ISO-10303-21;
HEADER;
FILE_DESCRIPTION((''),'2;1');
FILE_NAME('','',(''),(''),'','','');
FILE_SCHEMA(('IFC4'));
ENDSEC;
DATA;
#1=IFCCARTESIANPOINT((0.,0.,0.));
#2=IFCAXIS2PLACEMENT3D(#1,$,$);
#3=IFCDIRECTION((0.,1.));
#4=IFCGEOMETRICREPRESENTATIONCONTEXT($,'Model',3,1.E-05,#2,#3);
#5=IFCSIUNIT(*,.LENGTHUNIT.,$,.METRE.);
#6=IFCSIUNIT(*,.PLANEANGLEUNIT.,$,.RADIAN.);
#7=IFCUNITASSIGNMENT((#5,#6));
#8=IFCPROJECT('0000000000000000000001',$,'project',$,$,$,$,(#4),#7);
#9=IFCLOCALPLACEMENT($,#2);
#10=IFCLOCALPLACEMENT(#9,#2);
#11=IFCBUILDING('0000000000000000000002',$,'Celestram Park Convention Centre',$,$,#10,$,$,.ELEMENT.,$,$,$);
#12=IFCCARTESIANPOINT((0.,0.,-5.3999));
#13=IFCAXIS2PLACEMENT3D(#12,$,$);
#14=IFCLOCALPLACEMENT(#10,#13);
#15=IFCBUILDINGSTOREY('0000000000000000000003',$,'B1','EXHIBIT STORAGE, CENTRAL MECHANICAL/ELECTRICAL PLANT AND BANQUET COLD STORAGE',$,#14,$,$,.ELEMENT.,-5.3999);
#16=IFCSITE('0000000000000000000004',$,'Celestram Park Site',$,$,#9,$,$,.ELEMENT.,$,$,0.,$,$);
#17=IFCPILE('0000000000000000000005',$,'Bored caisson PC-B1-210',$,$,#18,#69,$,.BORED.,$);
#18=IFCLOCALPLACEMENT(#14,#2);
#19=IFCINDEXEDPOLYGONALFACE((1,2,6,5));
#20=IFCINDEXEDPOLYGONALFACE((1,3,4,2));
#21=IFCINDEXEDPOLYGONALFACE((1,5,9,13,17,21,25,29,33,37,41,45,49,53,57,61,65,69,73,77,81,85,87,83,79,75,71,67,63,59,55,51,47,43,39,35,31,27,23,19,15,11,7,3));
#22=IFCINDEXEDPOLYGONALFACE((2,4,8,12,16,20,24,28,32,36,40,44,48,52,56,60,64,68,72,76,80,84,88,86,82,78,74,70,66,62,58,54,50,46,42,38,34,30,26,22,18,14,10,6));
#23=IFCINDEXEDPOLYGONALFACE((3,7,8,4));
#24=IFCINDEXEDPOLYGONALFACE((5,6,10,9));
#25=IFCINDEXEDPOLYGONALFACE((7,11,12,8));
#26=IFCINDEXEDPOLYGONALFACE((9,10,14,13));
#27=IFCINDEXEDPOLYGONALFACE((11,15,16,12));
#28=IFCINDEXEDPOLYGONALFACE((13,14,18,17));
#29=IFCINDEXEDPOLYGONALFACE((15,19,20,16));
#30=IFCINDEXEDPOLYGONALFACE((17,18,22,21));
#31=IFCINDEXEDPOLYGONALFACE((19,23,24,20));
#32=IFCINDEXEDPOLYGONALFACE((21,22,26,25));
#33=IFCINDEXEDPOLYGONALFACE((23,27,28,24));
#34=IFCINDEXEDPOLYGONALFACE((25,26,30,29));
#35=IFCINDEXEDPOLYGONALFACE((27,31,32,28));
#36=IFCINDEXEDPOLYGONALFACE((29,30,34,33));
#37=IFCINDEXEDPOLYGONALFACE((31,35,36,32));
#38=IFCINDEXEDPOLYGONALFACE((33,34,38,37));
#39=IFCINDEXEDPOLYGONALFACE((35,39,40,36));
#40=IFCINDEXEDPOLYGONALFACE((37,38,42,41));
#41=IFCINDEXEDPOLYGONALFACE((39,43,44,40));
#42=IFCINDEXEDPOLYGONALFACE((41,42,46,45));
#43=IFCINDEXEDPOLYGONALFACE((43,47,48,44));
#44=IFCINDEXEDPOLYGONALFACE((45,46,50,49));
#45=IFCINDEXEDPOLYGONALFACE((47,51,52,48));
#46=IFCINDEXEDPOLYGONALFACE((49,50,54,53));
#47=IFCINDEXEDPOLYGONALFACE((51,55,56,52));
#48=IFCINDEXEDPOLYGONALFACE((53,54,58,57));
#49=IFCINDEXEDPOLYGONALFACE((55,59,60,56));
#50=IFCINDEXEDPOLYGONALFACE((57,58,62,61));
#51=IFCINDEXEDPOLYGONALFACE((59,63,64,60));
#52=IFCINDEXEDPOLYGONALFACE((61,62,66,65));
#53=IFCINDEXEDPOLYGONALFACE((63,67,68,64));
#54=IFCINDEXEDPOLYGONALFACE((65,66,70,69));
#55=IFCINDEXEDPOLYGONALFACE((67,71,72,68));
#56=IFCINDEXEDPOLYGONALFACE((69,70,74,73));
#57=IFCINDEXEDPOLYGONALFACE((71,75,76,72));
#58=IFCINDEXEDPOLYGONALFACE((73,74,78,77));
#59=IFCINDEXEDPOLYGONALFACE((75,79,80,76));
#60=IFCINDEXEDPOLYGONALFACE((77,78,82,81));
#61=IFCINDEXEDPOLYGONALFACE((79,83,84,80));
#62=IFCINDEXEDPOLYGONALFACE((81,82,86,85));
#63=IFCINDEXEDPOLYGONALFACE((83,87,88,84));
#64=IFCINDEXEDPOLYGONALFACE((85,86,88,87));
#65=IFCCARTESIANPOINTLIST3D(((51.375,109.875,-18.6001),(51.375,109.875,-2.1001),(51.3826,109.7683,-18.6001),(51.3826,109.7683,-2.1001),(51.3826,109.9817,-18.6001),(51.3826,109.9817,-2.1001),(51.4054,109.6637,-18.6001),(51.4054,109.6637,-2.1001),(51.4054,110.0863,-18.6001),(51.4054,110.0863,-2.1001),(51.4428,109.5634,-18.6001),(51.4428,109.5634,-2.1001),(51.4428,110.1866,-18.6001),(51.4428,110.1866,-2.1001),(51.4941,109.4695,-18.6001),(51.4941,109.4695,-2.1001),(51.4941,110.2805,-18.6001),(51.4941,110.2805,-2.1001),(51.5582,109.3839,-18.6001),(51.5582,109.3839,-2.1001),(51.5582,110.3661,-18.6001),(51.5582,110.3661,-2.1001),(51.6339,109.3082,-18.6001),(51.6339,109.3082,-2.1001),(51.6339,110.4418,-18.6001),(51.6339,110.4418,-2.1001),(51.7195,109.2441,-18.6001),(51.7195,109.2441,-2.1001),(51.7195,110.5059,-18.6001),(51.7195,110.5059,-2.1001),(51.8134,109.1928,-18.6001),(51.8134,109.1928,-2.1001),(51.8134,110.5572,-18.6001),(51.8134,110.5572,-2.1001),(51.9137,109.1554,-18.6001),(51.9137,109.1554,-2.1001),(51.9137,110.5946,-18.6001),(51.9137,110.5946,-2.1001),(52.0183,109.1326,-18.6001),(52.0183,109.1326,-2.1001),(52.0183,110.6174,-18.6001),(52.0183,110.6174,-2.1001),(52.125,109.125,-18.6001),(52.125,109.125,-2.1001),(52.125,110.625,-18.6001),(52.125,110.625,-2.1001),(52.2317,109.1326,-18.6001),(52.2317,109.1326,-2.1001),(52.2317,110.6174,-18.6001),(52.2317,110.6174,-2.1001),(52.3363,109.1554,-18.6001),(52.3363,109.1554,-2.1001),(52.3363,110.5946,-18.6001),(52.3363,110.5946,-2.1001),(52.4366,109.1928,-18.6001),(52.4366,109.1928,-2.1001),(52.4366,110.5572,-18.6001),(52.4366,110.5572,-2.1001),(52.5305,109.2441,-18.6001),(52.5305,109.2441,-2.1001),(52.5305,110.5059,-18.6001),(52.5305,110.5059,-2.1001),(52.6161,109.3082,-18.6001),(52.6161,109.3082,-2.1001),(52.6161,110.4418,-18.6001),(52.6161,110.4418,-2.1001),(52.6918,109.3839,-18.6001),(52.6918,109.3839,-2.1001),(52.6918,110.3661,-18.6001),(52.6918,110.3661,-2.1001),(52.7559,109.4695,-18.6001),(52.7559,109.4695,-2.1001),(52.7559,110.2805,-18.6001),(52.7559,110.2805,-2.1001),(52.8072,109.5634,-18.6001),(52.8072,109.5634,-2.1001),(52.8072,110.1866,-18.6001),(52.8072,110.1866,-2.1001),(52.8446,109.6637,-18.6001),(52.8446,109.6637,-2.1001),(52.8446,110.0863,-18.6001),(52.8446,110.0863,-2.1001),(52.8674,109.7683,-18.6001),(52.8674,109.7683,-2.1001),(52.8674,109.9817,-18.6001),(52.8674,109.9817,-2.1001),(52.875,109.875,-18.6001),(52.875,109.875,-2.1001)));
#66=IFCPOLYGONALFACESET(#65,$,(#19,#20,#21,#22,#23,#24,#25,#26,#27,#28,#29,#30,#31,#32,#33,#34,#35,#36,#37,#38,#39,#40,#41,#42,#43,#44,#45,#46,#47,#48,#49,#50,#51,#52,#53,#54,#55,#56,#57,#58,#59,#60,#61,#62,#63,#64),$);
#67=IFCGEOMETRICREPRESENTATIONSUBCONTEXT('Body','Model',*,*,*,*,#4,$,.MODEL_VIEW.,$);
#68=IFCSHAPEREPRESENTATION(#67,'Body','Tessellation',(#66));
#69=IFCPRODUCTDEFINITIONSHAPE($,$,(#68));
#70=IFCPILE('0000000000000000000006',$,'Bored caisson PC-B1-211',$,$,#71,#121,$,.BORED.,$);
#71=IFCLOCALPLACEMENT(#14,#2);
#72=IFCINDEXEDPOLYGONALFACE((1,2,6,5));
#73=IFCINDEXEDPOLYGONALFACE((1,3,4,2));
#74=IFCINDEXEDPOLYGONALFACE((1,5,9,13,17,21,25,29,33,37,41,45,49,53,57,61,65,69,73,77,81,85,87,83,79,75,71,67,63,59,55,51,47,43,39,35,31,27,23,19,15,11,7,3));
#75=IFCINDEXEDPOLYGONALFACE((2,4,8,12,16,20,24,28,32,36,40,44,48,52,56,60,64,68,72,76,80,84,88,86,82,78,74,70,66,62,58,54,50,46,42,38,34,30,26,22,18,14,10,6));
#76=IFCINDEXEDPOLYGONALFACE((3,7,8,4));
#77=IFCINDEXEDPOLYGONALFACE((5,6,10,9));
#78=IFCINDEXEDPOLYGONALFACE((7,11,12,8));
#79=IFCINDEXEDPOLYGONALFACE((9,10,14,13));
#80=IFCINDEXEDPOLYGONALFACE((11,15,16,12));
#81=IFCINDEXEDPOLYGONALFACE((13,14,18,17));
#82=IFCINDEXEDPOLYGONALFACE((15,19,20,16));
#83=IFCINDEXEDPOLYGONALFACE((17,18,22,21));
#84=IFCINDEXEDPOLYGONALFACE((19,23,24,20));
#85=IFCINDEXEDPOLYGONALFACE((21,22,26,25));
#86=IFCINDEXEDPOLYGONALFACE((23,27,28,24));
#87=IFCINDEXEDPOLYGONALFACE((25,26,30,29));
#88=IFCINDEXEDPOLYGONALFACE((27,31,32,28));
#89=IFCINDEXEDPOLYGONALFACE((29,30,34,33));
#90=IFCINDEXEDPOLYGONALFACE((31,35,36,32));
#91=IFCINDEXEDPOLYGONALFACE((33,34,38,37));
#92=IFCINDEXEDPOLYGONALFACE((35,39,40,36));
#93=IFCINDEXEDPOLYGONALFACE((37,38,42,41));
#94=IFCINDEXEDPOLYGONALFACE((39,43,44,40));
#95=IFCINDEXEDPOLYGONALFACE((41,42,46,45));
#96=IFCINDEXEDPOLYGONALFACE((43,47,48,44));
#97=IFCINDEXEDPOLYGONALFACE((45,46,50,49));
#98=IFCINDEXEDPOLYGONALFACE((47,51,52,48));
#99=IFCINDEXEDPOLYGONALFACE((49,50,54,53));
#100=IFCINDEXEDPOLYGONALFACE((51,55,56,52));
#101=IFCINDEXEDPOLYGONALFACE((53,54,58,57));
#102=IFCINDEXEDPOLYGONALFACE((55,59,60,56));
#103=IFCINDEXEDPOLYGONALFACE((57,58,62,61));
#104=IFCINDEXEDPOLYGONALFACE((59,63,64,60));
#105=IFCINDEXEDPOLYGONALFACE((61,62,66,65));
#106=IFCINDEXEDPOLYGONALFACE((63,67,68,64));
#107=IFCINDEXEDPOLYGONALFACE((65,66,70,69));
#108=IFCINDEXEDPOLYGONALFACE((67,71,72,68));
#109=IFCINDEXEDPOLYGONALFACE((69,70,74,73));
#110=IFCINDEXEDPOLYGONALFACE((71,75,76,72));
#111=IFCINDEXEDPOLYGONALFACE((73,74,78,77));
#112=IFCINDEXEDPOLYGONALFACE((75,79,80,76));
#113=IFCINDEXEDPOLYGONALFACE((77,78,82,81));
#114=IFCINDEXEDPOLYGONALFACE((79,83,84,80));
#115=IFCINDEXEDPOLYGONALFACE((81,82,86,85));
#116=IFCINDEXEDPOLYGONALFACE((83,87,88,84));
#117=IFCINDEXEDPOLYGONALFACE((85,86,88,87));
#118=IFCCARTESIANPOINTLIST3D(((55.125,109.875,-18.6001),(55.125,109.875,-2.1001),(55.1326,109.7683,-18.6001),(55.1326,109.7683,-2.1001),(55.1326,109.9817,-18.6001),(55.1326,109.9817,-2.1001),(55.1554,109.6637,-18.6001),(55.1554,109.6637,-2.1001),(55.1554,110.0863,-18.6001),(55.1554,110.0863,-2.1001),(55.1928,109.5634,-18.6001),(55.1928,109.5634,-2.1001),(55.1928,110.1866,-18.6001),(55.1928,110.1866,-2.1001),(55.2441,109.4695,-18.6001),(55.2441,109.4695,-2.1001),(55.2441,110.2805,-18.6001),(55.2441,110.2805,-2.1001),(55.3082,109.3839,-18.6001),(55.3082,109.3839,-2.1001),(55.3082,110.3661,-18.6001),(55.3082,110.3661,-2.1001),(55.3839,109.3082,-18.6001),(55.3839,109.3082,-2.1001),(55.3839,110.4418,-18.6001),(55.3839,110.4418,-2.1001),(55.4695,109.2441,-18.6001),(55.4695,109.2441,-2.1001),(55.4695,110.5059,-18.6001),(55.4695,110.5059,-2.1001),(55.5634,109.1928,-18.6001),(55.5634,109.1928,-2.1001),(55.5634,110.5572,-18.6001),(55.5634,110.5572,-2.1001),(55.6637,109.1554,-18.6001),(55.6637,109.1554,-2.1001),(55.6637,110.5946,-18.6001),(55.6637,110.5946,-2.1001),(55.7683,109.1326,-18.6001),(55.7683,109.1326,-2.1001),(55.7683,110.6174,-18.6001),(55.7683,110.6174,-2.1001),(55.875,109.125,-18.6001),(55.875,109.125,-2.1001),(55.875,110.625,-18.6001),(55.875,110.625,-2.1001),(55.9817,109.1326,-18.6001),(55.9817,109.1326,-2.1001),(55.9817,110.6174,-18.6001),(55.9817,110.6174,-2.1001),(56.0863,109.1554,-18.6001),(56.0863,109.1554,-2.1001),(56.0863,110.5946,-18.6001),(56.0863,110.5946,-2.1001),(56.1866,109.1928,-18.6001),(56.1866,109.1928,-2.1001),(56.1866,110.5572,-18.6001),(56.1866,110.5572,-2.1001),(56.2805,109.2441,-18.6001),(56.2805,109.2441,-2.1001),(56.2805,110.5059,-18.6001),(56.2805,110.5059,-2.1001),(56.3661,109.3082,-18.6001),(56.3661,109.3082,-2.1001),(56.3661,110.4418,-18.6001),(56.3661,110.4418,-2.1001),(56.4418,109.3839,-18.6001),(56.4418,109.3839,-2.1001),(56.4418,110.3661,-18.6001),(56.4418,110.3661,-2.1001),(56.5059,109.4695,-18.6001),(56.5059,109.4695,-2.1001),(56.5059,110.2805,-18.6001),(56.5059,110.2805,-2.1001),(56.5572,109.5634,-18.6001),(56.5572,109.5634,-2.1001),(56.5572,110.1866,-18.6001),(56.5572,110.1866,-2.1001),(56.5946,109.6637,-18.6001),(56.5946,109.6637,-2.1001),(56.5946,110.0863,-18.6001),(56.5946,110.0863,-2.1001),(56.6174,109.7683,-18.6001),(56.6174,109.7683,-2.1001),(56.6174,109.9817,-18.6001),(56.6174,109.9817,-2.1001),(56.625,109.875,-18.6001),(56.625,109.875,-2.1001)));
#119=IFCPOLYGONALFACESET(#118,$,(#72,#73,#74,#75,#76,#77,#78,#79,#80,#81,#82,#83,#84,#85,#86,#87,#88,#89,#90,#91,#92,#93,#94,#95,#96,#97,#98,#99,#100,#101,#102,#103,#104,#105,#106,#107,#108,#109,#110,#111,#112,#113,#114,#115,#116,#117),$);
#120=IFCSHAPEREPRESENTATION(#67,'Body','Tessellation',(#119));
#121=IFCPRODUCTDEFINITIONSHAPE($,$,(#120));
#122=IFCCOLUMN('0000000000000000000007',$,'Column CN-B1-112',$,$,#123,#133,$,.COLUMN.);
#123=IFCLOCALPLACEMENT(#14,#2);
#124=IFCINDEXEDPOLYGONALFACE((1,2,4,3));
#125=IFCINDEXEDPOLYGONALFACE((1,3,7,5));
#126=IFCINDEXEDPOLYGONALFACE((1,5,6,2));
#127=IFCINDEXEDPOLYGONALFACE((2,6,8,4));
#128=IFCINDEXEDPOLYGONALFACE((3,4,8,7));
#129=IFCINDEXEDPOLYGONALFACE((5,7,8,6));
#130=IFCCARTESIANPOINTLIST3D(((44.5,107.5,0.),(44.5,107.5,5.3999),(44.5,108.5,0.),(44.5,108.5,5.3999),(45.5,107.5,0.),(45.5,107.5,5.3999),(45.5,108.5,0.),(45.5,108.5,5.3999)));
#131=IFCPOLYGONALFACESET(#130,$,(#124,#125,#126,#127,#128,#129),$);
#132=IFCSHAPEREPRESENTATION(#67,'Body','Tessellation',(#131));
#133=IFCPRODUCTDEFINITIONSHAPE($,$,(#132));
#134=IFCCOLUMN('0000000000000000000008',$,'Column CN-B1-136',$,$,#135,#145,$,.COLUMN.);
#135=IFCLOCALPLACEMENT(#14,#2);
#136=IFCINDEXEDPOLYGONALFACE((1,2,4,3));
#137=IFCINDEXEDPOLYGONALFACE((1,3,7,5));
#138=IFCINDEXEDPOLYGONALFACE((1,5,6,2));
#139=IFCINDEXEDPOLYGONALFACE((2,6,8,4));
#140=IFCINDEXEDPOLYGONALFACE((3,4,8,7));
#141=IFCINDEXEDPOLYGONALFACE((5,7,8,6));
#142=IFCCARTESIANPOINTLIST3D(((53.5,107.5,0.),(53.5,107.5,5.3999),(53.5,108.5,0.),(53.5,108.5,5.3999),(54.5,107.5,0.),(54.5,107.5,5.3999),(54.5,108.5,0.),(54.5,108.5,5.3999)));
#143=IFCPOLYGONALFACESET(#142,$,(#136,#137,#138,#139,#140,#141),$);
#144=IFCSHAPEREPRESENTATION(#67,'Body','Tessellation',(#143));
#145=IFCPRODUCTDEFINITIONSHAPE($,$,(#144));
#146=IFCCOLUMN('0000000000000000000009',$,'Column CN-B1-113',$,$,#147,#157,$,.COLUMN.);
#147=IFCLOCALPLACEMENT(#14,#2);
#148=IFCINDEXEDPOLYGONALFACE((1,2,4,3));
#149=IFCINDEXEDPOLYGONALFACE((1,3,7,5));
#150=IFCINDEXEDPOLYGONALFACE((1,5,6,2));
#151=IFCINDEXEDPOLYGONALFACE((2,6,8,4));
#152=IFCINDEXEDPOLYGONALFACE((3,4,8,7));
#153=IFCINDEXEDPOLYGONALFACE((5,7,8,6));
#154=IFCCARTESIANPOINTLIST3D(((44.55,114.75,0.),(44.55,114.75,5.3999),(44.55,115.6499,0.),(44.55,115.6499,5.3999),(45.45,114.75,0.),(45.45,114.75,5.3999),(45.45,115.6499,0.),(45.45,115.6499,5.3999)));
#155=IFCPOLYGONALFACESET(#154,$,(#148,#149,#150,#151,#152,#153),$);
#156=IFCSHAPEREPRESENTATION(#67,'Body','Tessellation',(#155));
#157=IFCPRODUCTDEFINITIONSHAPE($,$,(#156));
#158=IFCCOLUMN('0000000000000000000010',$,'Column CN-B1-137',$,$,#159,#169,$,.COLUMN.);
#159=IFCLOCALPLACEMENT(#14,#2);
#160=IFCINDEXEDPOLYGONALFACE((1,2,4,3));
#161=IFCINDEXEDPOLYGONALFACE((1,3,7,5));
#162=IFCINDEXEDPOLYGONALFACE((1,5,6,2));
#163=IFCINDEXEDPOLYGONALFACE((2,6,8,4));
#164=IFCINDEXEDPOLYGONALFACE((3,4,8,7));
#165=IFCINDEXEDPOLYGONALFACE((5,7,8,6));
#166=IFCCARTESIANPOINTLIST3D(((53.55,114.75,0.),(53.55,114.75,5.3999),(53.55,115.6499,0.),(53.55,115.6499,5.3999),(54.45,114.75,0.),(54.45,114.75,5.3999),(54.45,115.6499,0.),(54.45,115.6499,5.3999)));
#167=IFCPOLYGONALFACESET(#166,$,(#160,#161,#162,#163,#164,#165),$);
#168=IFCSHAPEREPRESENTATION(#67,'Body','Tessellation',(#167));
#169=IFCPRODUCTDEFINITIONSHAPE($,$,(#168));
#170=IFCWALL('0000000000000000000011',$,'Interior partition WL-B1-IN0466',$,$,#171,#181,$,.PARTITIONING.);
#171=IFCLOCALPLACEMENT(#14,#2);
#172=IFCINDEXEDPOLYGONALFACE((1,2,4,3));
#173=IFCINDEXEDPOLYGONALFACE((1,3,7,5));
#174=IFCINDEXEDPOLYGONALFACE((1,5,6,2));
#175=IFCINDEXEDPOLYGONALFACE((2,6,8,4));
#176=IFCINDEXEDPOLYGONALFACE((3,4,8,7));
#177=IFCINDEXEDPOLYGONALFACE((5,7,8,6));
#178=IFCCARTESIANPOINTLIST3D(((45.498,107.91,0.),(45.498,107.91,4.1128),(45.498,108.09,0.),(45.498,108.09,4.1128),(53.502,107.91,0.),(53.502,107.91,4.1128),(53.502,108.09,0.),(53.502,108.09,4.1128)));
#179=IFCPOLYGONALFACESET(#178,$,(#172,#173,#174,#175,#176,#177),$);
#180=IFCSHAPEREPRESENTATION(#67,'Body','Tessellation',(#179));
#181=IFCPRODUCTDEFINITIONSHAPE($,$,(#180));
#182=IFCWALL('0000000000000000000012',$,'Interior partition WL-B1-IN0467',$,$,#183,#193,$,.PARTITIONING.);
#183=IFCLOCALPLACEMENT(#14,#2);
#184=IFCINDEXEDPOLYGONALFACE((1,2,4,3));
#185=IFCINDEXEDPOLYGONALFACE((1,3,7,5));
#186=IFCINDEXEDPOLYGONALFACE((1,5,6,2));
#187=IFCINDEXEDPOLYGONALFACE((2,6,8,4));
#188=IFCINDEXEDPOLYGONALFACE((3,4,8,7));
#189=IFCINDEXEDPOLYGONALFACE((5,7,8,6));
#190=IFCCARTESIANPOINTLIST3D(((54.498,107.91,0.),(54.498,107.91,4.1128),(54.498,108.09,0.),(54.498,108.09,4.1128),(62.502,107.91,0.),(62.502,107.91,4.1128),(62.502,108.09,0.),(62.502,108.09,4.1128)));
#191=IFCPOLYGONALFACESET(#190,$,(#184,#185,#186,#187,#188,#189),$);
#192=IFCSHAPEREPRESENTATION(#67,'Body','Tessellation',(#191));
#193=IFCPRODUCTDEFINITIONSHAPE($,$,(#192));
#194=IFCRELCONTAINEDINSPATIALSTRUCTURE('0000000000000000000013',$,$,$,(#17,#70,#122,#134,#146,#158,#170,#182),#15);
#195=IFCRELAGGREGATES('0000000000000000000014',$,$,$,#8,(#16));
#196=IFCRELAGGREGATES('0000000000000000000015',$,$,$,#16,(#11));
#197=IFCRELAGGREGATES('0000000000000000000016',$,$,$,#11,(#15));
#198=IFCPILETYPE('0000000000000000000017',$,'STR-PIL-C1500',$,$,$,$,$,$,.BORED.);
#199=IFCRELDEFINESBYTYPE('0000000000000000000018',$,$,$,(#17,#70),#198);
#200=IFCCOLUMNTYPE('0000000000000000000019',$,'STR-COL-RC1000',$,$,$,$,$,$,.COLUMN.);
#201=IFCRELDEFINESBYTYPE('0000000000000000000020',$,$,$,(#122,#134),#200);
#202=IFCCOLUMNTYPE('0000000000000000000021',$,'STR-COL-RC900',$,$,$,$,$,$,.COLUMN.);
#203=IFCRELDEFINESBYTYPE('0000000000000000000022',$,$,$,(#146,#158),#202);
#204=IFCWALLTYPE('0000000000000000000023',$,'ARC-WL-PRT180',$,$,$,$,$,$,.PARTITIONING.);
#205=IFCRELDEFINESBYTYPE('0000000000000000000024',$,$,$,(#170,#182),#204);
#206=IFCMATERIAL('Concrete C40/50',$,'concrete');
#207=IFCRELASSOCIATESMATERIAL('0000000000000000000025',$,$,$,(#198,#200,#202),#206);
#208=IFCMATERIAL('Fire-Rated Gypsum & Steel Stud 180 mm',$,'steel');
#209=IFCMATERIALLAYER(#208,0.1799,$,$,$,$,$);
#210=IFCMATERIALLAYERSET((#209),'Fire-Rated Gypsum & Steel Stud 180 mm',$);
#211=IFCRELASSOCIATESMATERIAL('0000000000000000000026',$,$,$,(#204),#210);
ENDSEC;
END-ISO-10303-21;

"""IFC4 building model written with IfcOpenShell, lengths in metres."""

from ifc_helpers import new_model, si_unit, direction, frame, frame_2d, origin, origin_2d, place, context, subcontext, project, spatial, rectangle, circle, extrude, material, layer, layer_set, material_profile, profile_set, type_object, element, save


model = new_model("IFC4")

# Units and contexts
model_context = context("Model", 3, precision=1e-05, world=origin(), true_north=direction((0.0, 1.0)))
body_context = subcontext(model_context, "Body", "Model", "MODEL_VIEW")
ifc_project = project(units=[si_unit("LENGTHUNIT", "METRE"), si_unit("PLANEANGLEUNIT", "RADIAN")], contexts=[model_context])

# Site, building, storey
site_placement = place(None, origin())
site = spatial("IfcSite", under=ifc_project, at=site_placement, Name="Celestram Park Site", CompositionType="ELEMENT", RefElevation=0.0)
building_placement = place(site_placement, origin())
building = spatial("IfcBuilding", under=site, at=building_placement, Name="Celestram Park Convention Centre", CompositionType="ELEMENT")
storey_placement = place(building_placement, frame((0.0, 0.0, -5.3999)))
storey = spatial("IfcBuildingStorey", under=building, at=storey_placement, Name="B1", Description="EXHIBIT STORAGE, CENTRAL MECHANICAL/ELECTRICAL PLANT AND BANQUET COLD STORAGE", CompositionType="ELEMENT", Elevation=-5.3999)

# Shared definitions
ifc_material_1 = material(Name="Concrete C40/50", Category="concrete")

# Piles
ifc_material_profile_1 = material_profile(ifc_material_1, circle(Radius=0.75, at=origin_2d()), Name="CAISSON1500")
ifc_profile_set_1 = profile_set([ifc_material_profile_1], Name="Concrete C40/50")
pile_type_1 = type_object("IfcPileType", Name="STR-PIL-C1500", PredefinedType="BORED", material=ifc_profile_set_1)
for number, where, z_axis, x_axis, name in (
    (1, (52.125, 109.875, -2.1001), (0.0, 0.0, -1.0), (1.0, 0.0, 0.0), "Bored caisson PC-B1-210"),
    (2, (55.875, 109.875, -2.1001), (0.0, 0.0, -1.0), (1.0, 0.0, 0.0), "Bored caisson PC-B1-211"),
):
    element("IfcPile", number, at=place(storey_placement, frame(where, z_axis=z_axis, x_axis=x_axis)), inside=storey, type_object=pile_type_1, Name=name, PredefinedType="BORED", context=body_context, shape_type="SweptSolid", body=[
        extrude(circle(Radius=0.75, at=origin_2d()), origin(), (0.0, 0.0, 1.0), 16.5),
    ])

# Columns
ifc_material_profile_2 = material_profile(ifc_material_1, rectangle(XDim=1.0, YDim=1.0, at=origin_2d()), Name="RC1000X1000")
ifc_profile_set_2 = profile_set([ifc_material_profile_2], Name="Concrete C40/50")
column_type_1 = type_object("IfcColumnType", Name="STR-COL-RC1000", PredefinedType="COLUMN", material=ifc_profile_set_2)
for number, where, z_axis, x_axis, name in (
    (3, (45.0, 108.0, 0.0), (0.0, 0.0, 1.0), (1.0, 0.0, 0.0), "Column CN-B1-112"),
    (4, (54.0, 108.0, 0.0), (0.0, 0.0, 1.0), (1.0, 0.0, 0.0), "Column CN-B1-136"),
):
    element("IfcColumn", number, at=place(storey_placement, frame(where, z_axis=z_axis, x_axis=x_axis)), inside=storey, type_object=column_type_1, Name=name, PredefinedType="COLUMN", context=body_context, shape_type="SweptSolid", body=[
        extrude(rectangle(XDim=1.0, YDim=1.0, at=origin_2d()), origin(), (0.0, 0.0, 1.0), 5.3999),
    ])
ifc_material_profile_3 = material_profile(ifc_material_1, rectangle(XDim=0.8999, YDim=0.8999, at=origin_2d()), Name="RC900X900")
ifc_profile_set_3 = profile_set([ifc_material_profile_3], Name="Concrete C40/50")
column_type_2 = type_object("IfcColumnType", Name="STR-COL-RC900", PredefinedType="COLUMN", material=ifc_profile_set_3)
for number, where, z_axis, x_axis, name in (
    (5, (45.0, 115.2, 0.0), (0.0, 0.0, 1.0), (1.0, 0.0, 0.0), "Column CN-B1-113"),
    (6, (54.0, 115.2, 0.0), (0.0, 0.0, 1.0), (1.0, 0.0, 0.0), "Column CN-B1-137"),
):
    element("IfcColumn", number, at=place(storey_placement, frame(where, z_axis=z_axis, x_axis=x_axis)), inside=storey, type_object=column_type_2, Name=name, PredefinedType="COLUMN", context=body_context, shape_type="SweptSolid", body=[
        extrude(rectangle(XDim=0.8999, YDim=0.8999, at=origin_2d()), origin(), (0.0, 0.0, 1.0), 5.3999),
    ])

# Walls
ifc_material_2 = material(Name="Fire-Rated Gypsum & Steel Stud 180 mm", Category="steel")
ifc_layer_1 = layer(ifc_material_2, 0.1799)
ifc_layer_set_1 = layer_set([ifc_layer_1], Name="Fire-Rated Gypsum & Steel Stud 180 mm")
wall_type = type_object("IfcWallType", Name="ARC-WL-PRT180", PredefinedType="PARTITIONING", material=ifc_layer_set_1)
for number, where, z_axis, x_axis, name in (
    (7, (45.498, 108.0, 0.0), (0.0, 0.0, 1.0), (1.0, 0.0, 0.0), "Interior partition WL-B1-IN0466"),
    (8, (54.498, 108.0, 0.0), (0.0, 0.0, 1.0), (1.0, 0.0, 0.0), "Interior partition WL-B1-IN0467"),
):
    element("IfcWall", number, at=place(storey_placement, frame(where, z_axis=z_axis, x_axis=x_axis)), inside=storey, type_object=wall_type, Name=name, PredefinedType="PARTITIONING", context=body_context, shape_type="SweptSolid", body=[
        extrude(rectangle(XDim=8.0039, YDim=0.1799, at=frame_2d((4.002, 0.0))), origin(), (0.0, 0.0, 1.0), 4.1128),
    ])

save(model, "model.ifc")
